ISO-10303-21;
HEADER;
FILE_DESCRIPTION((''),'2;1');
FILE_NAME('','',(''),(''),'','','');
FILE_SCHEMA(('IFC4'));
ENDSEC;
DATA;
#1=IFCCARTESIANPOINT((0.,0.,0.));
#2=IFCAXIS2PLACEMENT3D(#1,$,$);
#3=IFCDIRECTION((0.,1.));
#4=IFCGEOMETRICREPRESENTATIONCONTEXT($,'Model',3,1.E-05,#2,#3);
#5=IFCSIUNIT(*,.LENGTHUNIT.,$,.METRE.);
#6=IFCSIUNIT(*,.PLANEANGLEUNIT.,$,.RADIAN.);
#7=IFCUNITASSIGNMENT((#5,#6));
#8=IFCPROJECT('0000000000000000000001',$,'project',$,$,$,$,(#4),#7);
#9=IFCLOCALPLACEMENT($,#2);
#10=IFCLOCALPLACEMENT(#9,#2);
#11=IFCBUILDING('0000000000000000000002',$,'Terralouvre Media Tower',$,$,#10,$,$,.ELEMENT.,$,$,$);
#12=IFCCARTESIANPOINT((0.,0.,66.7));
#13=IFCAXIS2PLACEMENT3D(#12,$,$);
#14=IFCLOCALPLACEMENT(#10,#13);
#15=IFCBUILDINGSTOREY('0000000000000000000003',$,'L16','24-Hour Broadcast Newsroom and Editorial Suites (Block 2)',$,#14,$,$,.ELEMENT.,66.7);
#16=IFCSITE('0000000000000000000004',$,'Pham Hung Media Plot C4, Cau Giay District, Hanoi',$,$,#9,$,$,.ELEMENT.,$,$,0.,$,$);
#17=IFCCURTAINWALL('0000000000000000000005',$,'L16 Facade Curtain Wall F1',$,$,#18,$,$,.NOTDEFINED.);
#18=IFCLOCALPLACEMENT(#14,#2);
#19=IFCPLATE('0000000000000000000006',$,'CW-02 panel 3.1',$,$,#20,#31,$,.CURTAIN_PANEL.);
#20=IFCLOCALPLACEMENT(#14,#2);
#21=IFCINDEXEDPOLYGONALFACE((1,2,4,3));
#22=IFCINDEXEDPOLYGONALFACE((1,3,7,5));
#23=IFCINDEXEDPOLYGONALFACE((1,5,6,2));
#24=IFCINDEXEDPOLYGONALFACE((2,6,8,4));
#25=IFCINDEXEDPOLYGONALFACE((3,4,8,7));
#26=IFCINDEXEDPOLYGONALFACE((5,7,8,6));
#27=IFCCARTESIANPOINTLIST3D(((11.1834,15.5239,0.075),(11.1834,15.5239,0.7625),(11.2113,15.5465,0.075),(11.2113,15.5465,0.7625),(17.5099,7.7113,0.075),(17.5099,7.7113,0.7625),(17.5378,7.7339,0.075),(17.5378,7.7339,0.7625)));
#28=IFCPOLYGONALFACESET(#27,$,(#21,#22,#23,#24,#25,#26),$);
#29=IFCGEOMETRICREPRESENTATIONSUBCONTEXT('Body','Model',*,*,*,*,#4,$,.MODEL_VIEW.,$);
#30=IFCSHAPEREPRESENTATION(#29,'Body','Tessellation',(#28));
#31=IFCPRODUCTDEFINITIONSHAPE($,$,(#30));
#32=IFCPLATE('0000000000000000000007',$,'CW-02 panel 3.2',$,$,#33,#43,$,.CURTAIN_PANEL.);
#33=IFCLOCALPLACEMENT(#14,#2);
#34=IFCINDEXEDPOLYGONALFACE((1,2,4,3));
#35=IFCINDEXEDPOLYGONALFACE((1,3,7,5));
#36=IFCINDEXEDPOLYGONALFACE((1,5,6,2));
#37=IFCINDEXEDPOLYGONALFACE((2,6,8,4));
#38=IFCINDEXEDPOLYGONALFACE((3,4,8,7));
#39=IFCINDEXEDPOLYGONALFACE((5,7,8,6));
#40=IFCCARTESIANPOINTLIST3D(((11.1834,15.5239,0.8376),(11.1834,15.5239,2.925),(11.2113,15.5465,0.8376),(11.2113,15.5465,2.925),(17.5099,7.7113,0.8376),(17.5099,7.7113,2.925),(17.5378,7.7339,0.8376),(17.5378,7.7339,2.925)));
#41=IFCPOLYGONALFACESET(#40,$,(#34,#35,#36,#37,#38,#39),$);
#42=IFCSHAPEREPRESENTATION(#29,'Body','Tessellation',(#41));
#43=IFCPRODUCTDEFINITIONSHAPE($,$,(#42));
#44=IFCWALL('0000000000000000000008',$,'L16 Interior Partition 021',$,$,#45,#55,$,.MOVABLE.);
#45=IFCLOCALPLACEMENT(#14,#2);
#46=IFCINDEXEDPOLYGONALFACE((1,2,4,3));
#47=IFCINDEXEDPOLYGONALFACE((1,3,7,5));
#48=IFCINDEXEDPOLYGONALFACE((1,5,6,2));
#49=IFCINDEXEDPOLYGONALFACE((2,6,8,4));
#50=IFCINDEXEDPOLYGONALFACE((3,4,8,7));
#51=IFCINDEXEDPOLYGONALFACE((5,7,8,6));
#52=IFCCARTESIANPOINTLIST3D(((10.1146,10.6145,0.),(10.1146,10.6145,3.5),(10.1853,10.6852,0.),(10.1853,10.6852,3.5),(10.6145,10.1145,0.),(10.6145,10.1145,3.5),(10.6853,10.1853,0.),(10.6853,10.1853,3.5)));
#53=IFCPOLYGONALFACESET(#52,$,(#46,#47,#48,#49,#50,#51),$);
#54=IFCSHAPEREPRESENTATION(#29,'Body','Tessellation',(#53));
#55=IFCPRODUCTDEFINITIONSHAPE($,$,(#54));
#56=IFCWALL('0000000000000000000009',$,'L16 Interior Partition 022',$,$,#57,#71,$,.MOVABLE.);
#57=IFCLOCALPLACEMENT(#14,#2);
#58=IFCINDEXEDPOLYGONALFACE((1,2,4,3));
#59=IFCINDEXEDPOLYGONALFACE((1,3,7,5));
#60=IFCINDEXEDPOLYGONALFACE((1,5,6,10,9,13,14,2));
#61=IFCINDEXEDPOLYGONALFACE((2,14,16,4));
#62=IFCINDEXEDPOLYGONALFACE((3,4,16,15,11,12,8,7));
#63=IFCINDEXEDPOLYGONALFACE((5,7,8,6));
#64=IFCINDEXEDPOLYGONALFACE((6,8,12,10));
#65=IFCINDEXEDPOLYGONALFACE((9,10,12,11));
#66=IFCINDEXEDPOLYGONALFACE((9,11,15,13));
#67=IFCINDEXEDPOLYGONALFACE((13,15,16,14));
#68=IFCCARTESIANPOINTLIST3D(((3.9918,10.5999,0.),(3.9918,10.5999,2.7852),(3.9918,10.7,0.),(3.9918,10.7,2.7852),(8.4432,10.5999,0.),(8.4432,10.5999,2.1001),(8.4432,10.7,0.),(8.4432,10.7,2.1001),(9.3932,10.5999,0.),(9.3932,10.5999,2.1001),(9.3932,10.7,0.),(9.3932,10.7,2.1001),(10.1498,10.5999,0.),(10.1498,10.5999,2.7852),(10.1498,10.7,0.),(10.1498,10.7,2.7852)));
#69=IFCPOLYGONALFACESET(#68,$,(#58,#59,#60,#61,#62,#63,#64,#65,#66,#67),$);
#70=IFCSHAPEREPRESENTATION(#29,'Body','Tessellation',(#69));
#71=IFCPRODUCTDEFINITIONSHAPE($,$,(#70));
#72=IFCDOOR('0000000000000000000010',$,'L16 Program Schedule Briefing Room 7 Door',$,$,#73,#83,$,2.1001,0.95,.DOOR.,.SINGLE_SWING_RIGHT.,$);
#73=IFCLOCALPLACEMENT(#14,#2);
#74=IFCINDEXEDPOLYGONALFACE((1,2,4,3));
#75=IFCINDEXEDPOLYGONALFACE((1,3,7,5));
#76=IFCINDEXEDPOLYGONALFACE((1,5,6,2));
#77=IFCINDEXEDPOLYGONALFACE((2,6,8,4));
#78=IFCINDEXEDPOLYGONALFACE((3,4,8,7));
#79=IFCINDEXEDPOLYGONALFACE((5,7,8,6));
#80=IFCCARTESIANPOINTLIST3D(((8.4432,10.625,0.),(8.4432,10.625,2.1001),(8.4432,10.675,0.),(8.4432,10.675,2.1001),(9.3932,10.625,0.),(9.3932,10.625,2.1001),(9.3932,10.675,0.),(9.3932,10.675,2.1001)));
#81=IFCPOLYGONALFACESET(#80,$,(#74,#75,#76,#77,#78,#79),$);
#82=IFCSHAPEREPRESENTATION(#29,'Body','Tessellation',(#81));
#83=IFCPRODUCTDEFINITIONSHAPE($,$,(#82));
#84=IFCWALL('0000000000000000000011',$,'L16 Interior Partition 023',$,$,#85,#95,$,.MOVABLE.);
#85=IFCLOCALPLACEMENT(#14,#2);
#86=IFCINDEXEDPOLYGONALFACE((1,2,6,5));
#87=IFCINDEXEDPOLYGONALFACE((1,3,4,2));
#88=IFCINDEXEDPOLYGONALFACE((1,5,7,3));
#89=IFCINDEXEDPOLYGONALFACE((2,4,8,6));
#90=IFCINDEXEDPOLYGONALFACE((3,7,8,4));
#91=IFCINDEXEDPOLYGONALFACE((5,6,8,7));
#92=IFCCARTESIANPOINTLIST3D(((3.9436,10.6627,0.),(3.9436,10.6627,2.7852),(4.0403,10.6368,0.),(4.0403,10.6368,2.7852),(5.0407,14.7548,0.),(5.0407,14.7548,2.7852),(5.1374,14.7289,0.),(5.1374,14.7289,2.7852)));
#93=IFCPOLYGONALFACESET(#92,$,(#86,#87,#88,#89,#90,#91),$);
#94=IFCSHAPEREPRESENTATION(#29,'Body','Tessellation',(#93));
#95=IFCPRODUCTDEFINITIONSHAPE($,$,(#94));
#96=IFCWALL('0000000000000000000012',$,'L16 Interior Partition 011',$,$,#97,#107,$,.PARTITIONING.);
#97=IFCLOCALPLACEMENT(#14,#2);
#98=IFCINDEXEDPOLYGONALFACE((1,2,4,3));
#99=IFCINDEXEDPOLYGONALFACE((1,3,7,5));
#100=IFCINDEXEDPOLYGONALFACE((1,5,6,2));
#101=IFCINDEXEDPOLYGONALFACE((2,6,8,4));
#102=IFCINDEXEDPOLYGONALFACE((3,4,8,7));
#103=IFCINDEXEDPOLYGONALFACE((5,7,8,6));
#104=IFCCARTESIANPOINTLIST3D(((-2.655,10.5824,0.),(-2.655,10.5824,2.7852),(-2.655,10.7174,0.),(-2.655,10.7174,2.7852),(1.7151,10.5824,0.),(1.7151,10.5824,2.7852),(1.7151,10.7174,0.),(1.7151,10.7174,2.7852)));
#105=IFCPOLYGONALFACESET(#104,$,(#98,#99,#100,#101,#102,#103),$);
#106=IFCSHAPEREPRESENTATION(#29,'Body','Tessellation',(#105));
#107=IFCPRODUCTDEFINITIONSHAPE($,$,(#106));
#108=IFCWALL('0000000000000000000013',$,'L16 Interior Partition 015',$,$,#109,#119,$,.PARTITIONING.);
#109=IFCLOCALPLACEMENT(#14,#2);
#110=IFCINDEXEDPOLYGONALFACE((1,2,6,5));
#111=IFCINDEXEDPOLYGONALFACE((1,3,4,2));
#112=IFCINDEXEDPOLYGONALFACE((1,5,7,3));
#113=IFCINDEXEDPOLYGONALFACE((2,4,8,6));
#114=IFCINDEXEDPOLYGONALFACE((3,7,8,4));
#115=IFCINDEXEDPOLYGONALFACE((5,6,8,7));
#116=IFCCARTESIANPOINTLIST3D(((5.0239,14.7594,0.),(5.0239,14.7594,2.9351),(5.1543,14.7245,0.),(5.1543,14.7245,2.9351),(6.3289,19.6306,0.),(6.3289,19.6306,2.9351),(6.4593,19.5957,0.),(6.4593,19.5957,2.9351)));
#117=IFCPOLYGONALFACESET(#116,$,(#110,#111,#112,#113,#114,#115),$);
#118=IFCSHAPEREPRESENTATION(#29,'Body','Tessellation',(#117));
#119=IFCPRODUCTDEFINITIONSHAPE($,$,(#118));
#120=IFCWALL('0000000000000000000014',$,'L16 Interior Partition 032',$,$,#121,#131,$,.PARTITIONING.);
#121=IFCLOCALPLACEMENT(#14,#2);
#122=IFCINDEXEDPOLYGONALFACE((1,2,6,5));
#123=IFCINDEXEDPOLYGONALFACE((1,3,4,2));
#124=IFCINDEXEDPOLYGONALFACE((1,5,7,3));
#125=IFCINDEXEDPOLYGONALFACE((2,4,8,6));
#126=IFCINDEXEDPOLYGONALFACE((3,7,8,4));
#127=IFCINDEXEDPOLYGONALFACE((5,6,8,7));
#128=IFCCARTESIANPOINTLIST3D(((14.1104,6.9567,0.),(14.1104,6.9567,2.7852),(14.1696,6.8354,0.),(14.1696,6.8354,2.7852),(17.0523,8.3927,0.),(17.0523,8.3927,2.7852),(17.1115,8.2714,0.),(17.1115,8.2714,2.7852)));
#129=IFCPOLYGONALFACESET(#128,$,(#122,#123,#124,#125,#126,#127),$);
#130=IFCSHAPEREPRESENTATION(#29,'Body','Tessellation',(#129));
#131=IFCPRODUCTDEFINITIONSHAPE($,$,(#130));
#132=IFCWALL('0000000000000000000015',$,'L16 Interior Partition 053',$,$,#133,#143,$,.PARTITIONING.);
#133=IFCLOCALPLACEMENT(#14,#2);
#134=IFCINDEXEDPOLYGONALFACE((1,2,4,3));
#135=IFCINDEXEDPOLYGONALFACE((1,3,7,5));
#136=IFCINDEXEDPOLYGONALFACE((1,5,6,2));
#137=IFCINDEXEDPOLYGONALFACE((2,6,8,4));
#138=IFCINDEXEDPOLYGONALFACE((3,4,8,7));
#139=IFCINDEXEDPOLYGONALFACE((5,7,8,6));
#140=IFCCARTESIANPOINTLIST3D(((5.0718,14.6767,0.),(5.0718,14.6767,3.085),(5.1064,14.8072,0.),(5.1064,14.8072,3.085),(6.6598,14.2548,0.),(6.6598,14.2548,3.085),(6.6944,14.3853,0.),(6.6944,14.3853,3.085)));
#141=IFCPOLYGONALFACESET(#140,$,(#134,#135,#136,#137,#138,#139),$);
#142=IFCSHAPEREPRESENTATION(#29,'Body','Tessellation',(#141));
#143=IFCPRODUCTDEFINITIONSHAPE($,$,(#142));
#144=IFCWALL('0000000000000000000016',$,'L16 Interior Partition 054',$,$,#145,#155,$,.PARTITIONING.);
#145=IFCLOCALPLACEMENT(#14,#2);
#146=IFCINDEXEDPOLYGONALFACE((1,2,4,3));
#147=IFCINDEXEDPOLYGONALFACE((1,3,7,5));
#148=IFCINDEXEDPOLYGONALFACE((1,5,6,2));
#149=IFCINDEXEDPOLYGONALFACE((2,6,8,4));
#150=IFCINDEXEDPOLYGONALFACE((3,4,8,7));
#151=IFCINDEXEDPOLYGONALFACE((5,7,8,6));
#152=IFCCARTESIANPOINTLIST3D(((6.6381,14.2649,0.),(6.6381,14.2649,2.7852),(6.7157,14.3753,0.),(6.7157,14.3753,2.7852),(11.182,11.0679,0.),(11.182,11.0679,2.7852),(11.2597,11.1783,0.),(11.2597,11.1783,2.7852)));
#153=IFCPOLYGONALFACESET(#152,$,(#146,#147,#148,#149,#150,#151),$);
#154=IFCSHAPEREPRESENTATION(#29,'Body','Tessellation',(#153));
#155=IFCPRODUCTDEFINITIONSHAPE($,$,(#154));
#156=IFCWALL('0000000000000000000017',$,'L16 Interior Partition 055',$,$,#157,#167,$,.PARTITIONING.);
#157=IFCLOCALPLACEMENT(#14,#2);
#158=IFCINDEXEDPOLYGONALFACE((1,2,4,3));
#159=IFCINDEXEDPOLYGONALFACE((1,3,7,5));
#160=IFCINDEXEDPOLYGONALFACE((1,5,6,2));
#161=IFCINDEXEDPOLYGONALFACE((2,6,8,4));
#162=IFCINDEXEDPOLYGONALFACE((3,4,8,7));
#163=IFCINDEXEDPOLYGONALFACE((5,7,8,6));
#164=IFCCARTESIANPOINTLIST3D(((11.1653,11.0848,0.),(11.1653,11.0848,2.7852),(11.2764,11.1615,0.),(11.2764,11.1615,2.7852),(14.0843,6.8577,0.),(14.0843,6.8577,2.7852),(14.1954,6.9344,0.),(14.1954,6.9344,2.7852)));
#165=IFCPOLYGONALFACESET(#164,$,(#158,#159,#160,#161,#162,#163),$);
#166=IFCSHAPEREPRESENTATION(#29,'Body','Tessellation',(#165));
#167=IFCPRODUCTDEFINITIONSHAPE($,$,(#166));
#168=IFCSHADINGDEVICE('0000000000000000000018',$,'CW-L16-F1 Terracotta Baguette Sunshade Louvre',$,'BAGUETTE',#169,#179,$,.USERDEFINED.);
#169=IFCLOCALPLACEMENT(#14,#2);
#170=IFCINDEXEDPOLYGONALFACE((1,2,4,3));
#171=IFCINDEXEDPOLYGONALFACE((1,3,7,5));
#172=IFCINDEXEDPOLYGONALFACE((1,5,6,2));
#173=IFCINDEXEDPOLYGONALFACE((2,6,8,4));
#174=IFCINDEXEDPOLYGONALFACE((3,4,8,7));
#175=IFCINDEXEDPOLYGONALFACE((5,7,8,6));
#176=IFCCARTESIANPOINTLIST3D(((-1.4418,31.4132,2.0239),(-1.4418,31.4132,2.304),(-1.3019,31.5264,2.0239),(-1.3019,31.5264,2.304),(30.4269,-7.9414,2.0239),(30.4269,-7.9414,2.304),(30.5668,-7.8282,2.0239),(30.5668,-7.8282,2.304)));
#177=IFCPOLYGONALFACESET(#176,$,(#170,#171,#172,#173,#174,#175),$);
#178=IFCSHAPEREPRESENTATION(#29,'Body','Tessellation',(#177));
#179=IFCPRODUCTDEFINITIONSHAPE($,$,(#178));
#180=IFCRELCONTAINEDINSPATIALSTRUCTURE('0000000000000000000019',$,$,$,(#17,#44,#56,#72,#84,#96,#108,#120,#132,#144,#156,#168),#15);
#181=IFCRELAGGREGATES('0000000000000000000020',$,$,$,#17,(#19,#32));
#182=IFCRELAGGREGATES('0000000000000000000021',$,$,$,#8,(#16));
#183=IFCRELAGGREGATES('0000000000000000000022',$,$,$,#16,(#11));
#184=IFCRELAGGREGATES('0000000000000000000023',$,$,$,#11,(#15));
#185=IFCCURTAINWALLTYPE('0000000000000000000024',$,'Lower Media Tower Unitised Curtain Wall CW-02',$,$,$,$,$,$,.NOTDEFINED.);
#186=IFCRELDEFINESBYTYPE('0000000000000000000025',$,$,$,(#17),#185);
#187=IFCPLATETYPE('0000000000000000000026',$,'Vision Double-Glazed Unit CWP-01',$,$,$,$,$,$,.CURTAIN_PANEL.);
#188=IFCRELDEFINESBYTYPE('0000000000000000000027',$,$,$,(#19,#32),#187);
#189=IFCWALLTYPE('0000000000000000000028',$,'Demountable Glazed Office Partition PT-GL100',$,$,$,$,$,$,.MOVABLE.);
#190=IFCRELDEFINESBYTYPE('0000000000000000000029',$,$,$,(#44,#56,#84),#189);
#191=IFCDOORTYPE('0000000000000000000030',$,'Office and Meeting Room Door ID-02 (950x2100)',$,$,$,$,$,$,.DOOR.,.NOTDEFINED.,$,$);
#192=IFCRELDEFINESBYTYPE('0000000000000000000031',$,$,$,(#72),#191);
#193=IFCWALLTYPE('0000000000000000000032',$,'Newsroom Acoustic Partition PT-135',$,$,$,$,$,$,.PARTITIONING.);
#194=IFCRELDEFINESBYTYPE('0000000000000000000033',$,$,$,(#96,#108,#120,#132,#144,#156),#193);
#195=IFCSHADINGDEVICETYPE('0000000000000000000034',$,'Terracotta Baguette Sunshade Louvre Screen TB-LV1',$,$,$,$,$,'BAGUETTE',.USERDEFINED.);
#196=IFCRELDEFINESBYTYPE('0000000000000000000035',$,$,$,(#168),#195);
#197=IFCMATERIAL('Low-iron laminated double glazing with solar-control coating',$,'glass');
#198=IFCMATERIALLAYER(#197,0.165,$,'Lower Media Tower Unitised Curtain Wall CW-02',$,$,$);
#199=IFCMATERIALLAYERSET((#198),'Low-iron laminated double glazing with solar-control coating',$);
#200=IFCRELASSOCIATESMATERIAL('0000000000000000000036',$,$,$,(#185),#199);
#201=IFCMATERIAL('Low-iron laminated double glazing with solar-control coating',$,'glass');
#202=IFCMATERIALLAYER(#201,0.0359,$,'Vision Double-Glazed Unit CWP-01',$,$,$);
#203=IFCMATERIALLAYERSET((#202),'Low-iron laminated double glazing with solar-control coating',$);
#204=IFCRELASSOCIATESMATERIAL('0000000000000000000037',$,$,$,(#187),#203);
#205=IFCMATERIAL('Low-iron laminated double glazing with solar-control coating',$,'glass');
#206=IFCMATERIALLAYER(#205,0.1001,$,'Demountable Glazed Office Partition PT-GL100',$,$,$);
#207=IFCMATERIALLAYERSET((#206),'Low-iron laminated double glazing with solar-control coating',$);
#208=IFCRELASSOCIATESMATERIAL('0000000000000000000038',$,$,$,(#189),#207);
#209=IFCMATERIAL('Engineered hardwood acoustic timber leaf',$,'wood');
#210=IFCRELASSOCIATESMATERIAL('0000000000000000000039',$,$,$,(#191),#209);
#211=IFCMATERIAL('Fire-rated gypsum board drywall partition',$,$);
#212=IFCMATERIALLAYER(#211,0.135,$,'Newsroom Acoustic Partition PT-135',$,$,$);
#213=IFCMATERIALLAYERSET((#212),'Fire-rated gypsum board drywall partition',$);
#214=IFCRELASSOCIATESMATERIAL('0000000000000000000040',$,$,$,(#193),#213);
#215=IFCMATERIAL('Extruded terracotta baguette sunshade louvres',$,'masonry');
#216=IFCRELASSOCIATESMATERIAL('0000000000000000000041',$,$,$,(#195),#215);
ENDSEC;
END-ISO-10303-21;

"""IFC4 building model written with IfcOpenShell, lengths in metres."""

from ifc_helpers import new_model, si_unit, direction, frame, frame_2d, origin, origin_2d, place, context, subcontext, project, spatial, rectangle, extrude, material, layer, layer_set, type_object, element, fill, aggregate, save


model = new_model("IFC4")

# Units and contexts
model_context = context("Model", 3, precision=1e-05, world=origin(), true_north=direction((0.0, 1.0)))
body_context = subcontext(model_context, "Body", "Model", "MODEL_VIEW")
ifc_project = project(units=[si_unit("LENGTHUNIT", "METRE"), si_unit("PLANEANGLEUNIT", "RADIAN")], contexts=[model_context])

# Site, building, storey
site_placement = place(None, origin())
site = spatial("IfcSite", under=ifc_project, at=site_placement, Name="Pham Hung Media Plot C4, Cau Giay District, Hanoi", CompositionType="ELEMENT", RefElevation=0.0)
building_placement = place(site_placement, origin())
building = spatial("IfcBuilding", under=site, at=building_placement, Name="Terralouvre Media Tower", CompositionType="ELEMENT")
storey_placement = place(building_placement, frame((0.0, 0.0, 66.7)))
storey = spatial("IfcBuildingStorey", under=building, at=storey_placement, Name="L16", Description="24-Hour Broadcast Newsroom and Editorial Suites (Block 2)", CompositionType="ELEMENT", Elevation=66.7)

# Curtain wall, plates
ifc_material_1 = material(Name="Low-iron laminated double glazing with solar-control coating", Category="glass")
ifc_layer_1 = layer(ifc_material_1, 0.165, Name="Lower Media Tower Unitised Curtain Wall CW-02")
ifc_layer_set_1 = layer_set([ifc_layer_1], Name="Low-iron laminated double glazing with solar-control coating")
curtain_wall_type = type_object("IfcCurtainWallType", Name="Lower Media Tower Unitised Curtain Wall CW-02", PredefinedType="NOTDEFINED", material=ifc_layer_set_1)
curtain_wall_placement = place(storey_placement, origin())
curtain_wall = element("IfcCurtainWall", 1, at=curtain_wall_placement, inside=storey, type_object=curtain_wall_type, Name="L16 Facade Curtain Wall F1", PredefinedType="NOTDEFINED")
ifc_material_2 = material(Name="Low-iron laminated double glazing with solar-control coating", Category="glass")
ifc_layer_2 = layer(ifc_material_2, 0.0359, Name="Vision Double-Glazed Unit CWP-01")
ifc_layer_set_2 = layer_set([ifc_layer_2], Name="Low-iron laminated double glazing with solar-control coating")
plate_type = type_object("IfcPlateType", Name="Vision Double-Glazed Unit CWP-01", PredefinedType="CURTAIN_PANEL", material=ifc_layer_set_2)
plate_1_placement = place(storey_placement, frame((14.3606, 11.6289, 0.075), z_axis=(0.0, 0.0, 1.0), x_axis=(-0.62932, 0.777146, 0.0)))
plate_1 = element("IfcPlate", 2, at=plate_1_placement, type_object=plate_type, Name="CW-02 panel 3.1", PredefinedType="CURTAIN_PANEL", context=body_context, shape_type="SweptSolid", body=[
    extrude(rectangle(XDim=10.053, YDim=0.0359, at=origin_2d()), origin(), (0.0, 0.0, 1.0), 0.6875),
])
plate_2_placement = place(storey_placement, frame((14.3606, 11.6289, 0.8376), z_axis=(0.0, 0.0, 1.0), x_axis=(-0.62932, 0.777146, 0.0)))
plate_2 = element("IfcPlate", 3, at=plate_2_placement, type_object=plate_type, Name="CW-02 panel 3.2", PredefinedType="CURTAIN_PANEL", context=body_context, shape_type="SweptSolid", body=[
    extrude(rectangle(XDim=10.053, YDim=0.0359, at=origin_2d()), origin(), (0.0, 0.0, 1.0), 2.0874),
])
aggregate(curtain_wall, [plate_1, plate_2])

# Wall
ifc_material_3 = material(Name="Low-iron laminated double glazing with solar-control coating", Category="glass")
ifc_layer_3 = layer(ifc_material_3, 0.1001, Name="Demountable Glazed Office Partition PT-GL100")
ifc_layer_set_3 = layer_set([ifc_layer_3], Name="Low-iron laminated double glazing with solar-control coating")
wall_type_1 = type_object("IfcWallType", Name="Demountable Glazed Office Partition PT-GL100", PredefinedType="MOVABLE", material=ifc_layer_set_3)
wall_1_placement = place(storey_placement, frame((10.6499, 10.1499, 0.0), z_axis=(0.0, 0.0, 1.0), x_axis=(-0.707107, 0.707107, 0.0)))
element("IfcWall", 4, at=wall_1_placement, inside=storey, type_object=wall_type_1, Name="L16 Interior Partition 021", PredefinedType="MOVABLE", context=body_context, shape_type="SweptSolid", body=[
    extrude(rectangle(XDim=0.707, YDim=0.1001, at=frame_2d((0.3535, 0.0))), origin(), (0.0, 0.0, 1.0), 3.5),
])

# Wall, opening, door
wall_2_placement = place(storey_placement, frame((10.1499, 10.6499, 0.0), z_axis=(0.0, 0.0, 1.0), x_axis=(-1.0, 0.0, 0.0)))
wall_2 = element("IfcWall", 5, at=wall_2_placement, inside=storey, type_object=wall_type_1, Name="L16 Interior Partition 022", PredefinedType="MOVABLE", context=body_context, shape_type="SweptSolid", body=[
    extrude(rectangle(XDim=6.158, YDim=0.1001, at=frame_2d((3.0791, 0.0))), origin(), (0.0, 0.0, 1.0), 2.7852),
])
opening_placement = place(wall_2_placement, frame((0.7566, 0.0, 0.0)))
opening = element("IfcOpeningElement", 6, at=opening_placement, cuts=wall_2, PredefinedType="OPENING", context=body_context, shape_type="SweptSolid", body=[
    extrude(rectangle(XDim=0.95, YDim=2.1001, at=frame_2d((0.4751, 1.05))), frame((0.0, 0.0601, 0.0), z_axis=(0.0, -1.0, 0.0), x_axis=(1.0, 0.0, 0.0)), (0.0, 0.0, 1.0), 0.1201),
])
ifc_material_4 = material(Name="Engineered hardwood acoustic timber leaf", Category="wood")
door_type = type_object("IfcDoorType", Name="Office and Meeting Room Door ID-02 (950x2100)", OperationType="NOTDEFINED", PredefinedType="DOOR", material=ifc_material_4)
door_placement = place(opening_placement, origin())
door = element("IfcDoor", 7, at=door_placement, inside=storey, type_object=door_type, Name="L16 Program Schedule Briefing Room 7 Door", OperationType="SINGLE_SWING_RIGHT", OverallHeight=2.1001, OverallWidth=0.95, PredefinedType="DOOR", context=body_context, shape_type="SweptSolid", body=[
    extrude(rectangle(XDim=0.95, YDim=2.1001, at=frame_2d((0.4751, 1.05))), frame((0.0, 0.0249, 0.0), z_axis=(0.0, -1.0, 0.0), x_axis=(1.0, 0.0, 0.0)), (0.0, 0.0, 1.0), 0.05),
])
fill(opening, door)

# Walls
wall_3_placement = place(storey_placement, frame((3.9919, 10.6499, 0.0), z_axis=(0.0, 0.0, 1.0), x_axis=(0.258975, 0.965884, 0.0)))
element("IfcWall", 8, at=wall_3_placement, inside=storey, type_object=wall_type_1, Name="L16 Interior Partition 023", PredefinedType="MOVABLE", context=body_context, shape_type="SweptSolid", body=[
    extrude(rectangle(XDim=4.2366, YDim=0.1001, at=frame_2d((2.1182, 0.0))), origin(), (0.0, 0.0, 1.0), 2.7852),
])
ifc_material_5 = material(Name="Fire-rated gypsum board drywall partition")
ifc_layer_4 = layer(ifc_material_5, 0.135, Name="Newsroom Acoustic Partition PT-135")
ifc_layer_set_4 = layer_set([ifc_layer_4], Name="Fire-rated gypsum board drywall partition")
wall_type_2 = type_object("IfcWallType", Name="Newsroom Acoustic Partition PT-135", PredefinedType="PARTITIONING", material=ifc_layer_set_4)
wall_4_placement = place(storey_placement, frame((1.7151, 10.6499, 0.0), z_axis=(0.0, 0.0, 1.0), x_axis=(-1.0, 0.0, 0.0)))
element("IfcWall", 9, at=wall_4_placement, inside=storey, type_object=wall_type_2, Name="L16 Interior Partition 011", PredefinedType="PARTITIONING", context=body_context, shape_type="SweptSolid", body=[
    extrude(rectangle(XDim=4.3701, YDim=0.135, at=frame_2d((2.1851, 0.0))), origin(), (0.0, 0.0, 1.0), 2.7852),
])
wall_5_placement = place(storey_placement, frame((5.0891, 14.7419, 0.0), z_axis=(0.0, 0.0, 1.0), x_axis=(0.258768, 0.965939, 0.0)))
element("IfcWall", 10, at=wall_5_placement, inside=storey, type_object=wall_type_2, Name="L16 Interior Partition 015", PredefinedType="PARTITIONING", context=body_context, shape_type="SweptSolid", body=[
    extrude(rectangle(XDim=5.043, YDim=0.135, at=frame_2d((2.5215, 0.0))), origin(), (0.0, 0.0, 1.0), 2.9351),
])
wall_6_placement = place(storey_placement, frame((17.0818, 8.332, 0.0), z_axis=(0.0, 0.0, 1.0), x_axis=(-0.898652, -0.438662, 0.0)))
element("IfcWall", 11, at=wall_6_placement, inside=storey, type_object=wall_type_2, Name="L16 Interior Partition 032", PredefinedType="PARTITIONING", context=body_context, shape_type="SweptSolid", body=[
    extrude(rectangle(XDim=3.2737, YDim=0.135, at=frame_2d((1.6367, 0.0))), origin(), (0.0, 0.0, 1.0), 2.7852),
])
wall_7_placement = place(storey_placement, frame((5.0891, 14.7419, 0.0), z_axis=(0.0, 0.0, 1.0), x_axis=(0.966471, -0.256775, 0.0)))
element("IfcWall", 12, at=wall_7_placement, inside=storey, type_object=wall_type_2, Name="L16 Interior Partition 053", PredefinedType="PARTITIONING", context=body_context, shape_type="SweptSolid", body=[
    extrude(rectangle(XDim=1.6431, YDim=0.135, at=frame_2d((0.8215, 0.0))), origin(), (0.0, 0.0, 1.0), 3.085),
])
wall_8_placement = place(storey_placement, frame((6.677, 14.3201, 0.0), z_axis=(0.0, 0.0, 1.0), x_axis=(0.817855, -0.575425, 0.0)))
element("IfcWall", 13, at=wall_8_placement, inside=storey, type_object=wall_type_2, Name="L16 Interior Partition 054", PredefinedType="PARTITIONING", context=body_context, shape_type="SweptSolid", body=[
    extrude(rectangle(XDim=5.5559, YDim=0.135, at=frame_2d((2.7778, 0.0))), origin(), (0.0, 0.0, 1.0), 2.7852),
])
wall_9_placement = place(storey_placement, frame((11.2209, 11.123, 0.0), z_axis=(0.0, 0.0, 1.0), x_axis=(0.568226, -0.822873, 0.0)))
element("IfcWall", 14, at=wall_9_placement, inside=storey, type_object=wall_type_2, Name="L16 Interior Partition 055", PredefinedType="PARTITIONING", context=body_context, shape_type="SweptSolid", body=[
    extrude(rectangle(XDim=5.137, YDim=0.135, at=frame_2d((2.5684, 0.0))), origin(), (0.0, 0.0, 1.0), 2.7852),
])

# Shading device
ifc_material_6 = material(Name="Extruded terracotta baguette sunshade louvres", Category="masonry")
shading_device_type = type_object("IfcShadingDeviceType", Name="Terracotta Baguette Sunshade Louvre Screen TB-LV1", ElementType="BAGUETTE", PredefinedType="USERDEFINED", material=ifc_material_6)
shading_device_placement = place(storey_placement, frame((14.5625, 11.7925, 2.0239), z_axis=(0.0, 0.0, 1.0), x_axis=(-0.62932, 0.777146, 0.0)))
element("IfcShadingDevice", 15, at=shading_device_placement, inside=storey, type_object=shading_device_type, Name="CW-L16-F1 Terracotta Baguette Sunshade Louvre", ObjectType="BAGUETTE", PredefinedType="USERDEFINED", context=body_context, shape_type="SweptSolid", body=[
    extrude(rectangle(XDim=50.6399, YDim=0.1799, at=origin_2d()), origin(), (0.0, 0.0, 1.0), 0.28),
])

save(model, "model.ifc")
